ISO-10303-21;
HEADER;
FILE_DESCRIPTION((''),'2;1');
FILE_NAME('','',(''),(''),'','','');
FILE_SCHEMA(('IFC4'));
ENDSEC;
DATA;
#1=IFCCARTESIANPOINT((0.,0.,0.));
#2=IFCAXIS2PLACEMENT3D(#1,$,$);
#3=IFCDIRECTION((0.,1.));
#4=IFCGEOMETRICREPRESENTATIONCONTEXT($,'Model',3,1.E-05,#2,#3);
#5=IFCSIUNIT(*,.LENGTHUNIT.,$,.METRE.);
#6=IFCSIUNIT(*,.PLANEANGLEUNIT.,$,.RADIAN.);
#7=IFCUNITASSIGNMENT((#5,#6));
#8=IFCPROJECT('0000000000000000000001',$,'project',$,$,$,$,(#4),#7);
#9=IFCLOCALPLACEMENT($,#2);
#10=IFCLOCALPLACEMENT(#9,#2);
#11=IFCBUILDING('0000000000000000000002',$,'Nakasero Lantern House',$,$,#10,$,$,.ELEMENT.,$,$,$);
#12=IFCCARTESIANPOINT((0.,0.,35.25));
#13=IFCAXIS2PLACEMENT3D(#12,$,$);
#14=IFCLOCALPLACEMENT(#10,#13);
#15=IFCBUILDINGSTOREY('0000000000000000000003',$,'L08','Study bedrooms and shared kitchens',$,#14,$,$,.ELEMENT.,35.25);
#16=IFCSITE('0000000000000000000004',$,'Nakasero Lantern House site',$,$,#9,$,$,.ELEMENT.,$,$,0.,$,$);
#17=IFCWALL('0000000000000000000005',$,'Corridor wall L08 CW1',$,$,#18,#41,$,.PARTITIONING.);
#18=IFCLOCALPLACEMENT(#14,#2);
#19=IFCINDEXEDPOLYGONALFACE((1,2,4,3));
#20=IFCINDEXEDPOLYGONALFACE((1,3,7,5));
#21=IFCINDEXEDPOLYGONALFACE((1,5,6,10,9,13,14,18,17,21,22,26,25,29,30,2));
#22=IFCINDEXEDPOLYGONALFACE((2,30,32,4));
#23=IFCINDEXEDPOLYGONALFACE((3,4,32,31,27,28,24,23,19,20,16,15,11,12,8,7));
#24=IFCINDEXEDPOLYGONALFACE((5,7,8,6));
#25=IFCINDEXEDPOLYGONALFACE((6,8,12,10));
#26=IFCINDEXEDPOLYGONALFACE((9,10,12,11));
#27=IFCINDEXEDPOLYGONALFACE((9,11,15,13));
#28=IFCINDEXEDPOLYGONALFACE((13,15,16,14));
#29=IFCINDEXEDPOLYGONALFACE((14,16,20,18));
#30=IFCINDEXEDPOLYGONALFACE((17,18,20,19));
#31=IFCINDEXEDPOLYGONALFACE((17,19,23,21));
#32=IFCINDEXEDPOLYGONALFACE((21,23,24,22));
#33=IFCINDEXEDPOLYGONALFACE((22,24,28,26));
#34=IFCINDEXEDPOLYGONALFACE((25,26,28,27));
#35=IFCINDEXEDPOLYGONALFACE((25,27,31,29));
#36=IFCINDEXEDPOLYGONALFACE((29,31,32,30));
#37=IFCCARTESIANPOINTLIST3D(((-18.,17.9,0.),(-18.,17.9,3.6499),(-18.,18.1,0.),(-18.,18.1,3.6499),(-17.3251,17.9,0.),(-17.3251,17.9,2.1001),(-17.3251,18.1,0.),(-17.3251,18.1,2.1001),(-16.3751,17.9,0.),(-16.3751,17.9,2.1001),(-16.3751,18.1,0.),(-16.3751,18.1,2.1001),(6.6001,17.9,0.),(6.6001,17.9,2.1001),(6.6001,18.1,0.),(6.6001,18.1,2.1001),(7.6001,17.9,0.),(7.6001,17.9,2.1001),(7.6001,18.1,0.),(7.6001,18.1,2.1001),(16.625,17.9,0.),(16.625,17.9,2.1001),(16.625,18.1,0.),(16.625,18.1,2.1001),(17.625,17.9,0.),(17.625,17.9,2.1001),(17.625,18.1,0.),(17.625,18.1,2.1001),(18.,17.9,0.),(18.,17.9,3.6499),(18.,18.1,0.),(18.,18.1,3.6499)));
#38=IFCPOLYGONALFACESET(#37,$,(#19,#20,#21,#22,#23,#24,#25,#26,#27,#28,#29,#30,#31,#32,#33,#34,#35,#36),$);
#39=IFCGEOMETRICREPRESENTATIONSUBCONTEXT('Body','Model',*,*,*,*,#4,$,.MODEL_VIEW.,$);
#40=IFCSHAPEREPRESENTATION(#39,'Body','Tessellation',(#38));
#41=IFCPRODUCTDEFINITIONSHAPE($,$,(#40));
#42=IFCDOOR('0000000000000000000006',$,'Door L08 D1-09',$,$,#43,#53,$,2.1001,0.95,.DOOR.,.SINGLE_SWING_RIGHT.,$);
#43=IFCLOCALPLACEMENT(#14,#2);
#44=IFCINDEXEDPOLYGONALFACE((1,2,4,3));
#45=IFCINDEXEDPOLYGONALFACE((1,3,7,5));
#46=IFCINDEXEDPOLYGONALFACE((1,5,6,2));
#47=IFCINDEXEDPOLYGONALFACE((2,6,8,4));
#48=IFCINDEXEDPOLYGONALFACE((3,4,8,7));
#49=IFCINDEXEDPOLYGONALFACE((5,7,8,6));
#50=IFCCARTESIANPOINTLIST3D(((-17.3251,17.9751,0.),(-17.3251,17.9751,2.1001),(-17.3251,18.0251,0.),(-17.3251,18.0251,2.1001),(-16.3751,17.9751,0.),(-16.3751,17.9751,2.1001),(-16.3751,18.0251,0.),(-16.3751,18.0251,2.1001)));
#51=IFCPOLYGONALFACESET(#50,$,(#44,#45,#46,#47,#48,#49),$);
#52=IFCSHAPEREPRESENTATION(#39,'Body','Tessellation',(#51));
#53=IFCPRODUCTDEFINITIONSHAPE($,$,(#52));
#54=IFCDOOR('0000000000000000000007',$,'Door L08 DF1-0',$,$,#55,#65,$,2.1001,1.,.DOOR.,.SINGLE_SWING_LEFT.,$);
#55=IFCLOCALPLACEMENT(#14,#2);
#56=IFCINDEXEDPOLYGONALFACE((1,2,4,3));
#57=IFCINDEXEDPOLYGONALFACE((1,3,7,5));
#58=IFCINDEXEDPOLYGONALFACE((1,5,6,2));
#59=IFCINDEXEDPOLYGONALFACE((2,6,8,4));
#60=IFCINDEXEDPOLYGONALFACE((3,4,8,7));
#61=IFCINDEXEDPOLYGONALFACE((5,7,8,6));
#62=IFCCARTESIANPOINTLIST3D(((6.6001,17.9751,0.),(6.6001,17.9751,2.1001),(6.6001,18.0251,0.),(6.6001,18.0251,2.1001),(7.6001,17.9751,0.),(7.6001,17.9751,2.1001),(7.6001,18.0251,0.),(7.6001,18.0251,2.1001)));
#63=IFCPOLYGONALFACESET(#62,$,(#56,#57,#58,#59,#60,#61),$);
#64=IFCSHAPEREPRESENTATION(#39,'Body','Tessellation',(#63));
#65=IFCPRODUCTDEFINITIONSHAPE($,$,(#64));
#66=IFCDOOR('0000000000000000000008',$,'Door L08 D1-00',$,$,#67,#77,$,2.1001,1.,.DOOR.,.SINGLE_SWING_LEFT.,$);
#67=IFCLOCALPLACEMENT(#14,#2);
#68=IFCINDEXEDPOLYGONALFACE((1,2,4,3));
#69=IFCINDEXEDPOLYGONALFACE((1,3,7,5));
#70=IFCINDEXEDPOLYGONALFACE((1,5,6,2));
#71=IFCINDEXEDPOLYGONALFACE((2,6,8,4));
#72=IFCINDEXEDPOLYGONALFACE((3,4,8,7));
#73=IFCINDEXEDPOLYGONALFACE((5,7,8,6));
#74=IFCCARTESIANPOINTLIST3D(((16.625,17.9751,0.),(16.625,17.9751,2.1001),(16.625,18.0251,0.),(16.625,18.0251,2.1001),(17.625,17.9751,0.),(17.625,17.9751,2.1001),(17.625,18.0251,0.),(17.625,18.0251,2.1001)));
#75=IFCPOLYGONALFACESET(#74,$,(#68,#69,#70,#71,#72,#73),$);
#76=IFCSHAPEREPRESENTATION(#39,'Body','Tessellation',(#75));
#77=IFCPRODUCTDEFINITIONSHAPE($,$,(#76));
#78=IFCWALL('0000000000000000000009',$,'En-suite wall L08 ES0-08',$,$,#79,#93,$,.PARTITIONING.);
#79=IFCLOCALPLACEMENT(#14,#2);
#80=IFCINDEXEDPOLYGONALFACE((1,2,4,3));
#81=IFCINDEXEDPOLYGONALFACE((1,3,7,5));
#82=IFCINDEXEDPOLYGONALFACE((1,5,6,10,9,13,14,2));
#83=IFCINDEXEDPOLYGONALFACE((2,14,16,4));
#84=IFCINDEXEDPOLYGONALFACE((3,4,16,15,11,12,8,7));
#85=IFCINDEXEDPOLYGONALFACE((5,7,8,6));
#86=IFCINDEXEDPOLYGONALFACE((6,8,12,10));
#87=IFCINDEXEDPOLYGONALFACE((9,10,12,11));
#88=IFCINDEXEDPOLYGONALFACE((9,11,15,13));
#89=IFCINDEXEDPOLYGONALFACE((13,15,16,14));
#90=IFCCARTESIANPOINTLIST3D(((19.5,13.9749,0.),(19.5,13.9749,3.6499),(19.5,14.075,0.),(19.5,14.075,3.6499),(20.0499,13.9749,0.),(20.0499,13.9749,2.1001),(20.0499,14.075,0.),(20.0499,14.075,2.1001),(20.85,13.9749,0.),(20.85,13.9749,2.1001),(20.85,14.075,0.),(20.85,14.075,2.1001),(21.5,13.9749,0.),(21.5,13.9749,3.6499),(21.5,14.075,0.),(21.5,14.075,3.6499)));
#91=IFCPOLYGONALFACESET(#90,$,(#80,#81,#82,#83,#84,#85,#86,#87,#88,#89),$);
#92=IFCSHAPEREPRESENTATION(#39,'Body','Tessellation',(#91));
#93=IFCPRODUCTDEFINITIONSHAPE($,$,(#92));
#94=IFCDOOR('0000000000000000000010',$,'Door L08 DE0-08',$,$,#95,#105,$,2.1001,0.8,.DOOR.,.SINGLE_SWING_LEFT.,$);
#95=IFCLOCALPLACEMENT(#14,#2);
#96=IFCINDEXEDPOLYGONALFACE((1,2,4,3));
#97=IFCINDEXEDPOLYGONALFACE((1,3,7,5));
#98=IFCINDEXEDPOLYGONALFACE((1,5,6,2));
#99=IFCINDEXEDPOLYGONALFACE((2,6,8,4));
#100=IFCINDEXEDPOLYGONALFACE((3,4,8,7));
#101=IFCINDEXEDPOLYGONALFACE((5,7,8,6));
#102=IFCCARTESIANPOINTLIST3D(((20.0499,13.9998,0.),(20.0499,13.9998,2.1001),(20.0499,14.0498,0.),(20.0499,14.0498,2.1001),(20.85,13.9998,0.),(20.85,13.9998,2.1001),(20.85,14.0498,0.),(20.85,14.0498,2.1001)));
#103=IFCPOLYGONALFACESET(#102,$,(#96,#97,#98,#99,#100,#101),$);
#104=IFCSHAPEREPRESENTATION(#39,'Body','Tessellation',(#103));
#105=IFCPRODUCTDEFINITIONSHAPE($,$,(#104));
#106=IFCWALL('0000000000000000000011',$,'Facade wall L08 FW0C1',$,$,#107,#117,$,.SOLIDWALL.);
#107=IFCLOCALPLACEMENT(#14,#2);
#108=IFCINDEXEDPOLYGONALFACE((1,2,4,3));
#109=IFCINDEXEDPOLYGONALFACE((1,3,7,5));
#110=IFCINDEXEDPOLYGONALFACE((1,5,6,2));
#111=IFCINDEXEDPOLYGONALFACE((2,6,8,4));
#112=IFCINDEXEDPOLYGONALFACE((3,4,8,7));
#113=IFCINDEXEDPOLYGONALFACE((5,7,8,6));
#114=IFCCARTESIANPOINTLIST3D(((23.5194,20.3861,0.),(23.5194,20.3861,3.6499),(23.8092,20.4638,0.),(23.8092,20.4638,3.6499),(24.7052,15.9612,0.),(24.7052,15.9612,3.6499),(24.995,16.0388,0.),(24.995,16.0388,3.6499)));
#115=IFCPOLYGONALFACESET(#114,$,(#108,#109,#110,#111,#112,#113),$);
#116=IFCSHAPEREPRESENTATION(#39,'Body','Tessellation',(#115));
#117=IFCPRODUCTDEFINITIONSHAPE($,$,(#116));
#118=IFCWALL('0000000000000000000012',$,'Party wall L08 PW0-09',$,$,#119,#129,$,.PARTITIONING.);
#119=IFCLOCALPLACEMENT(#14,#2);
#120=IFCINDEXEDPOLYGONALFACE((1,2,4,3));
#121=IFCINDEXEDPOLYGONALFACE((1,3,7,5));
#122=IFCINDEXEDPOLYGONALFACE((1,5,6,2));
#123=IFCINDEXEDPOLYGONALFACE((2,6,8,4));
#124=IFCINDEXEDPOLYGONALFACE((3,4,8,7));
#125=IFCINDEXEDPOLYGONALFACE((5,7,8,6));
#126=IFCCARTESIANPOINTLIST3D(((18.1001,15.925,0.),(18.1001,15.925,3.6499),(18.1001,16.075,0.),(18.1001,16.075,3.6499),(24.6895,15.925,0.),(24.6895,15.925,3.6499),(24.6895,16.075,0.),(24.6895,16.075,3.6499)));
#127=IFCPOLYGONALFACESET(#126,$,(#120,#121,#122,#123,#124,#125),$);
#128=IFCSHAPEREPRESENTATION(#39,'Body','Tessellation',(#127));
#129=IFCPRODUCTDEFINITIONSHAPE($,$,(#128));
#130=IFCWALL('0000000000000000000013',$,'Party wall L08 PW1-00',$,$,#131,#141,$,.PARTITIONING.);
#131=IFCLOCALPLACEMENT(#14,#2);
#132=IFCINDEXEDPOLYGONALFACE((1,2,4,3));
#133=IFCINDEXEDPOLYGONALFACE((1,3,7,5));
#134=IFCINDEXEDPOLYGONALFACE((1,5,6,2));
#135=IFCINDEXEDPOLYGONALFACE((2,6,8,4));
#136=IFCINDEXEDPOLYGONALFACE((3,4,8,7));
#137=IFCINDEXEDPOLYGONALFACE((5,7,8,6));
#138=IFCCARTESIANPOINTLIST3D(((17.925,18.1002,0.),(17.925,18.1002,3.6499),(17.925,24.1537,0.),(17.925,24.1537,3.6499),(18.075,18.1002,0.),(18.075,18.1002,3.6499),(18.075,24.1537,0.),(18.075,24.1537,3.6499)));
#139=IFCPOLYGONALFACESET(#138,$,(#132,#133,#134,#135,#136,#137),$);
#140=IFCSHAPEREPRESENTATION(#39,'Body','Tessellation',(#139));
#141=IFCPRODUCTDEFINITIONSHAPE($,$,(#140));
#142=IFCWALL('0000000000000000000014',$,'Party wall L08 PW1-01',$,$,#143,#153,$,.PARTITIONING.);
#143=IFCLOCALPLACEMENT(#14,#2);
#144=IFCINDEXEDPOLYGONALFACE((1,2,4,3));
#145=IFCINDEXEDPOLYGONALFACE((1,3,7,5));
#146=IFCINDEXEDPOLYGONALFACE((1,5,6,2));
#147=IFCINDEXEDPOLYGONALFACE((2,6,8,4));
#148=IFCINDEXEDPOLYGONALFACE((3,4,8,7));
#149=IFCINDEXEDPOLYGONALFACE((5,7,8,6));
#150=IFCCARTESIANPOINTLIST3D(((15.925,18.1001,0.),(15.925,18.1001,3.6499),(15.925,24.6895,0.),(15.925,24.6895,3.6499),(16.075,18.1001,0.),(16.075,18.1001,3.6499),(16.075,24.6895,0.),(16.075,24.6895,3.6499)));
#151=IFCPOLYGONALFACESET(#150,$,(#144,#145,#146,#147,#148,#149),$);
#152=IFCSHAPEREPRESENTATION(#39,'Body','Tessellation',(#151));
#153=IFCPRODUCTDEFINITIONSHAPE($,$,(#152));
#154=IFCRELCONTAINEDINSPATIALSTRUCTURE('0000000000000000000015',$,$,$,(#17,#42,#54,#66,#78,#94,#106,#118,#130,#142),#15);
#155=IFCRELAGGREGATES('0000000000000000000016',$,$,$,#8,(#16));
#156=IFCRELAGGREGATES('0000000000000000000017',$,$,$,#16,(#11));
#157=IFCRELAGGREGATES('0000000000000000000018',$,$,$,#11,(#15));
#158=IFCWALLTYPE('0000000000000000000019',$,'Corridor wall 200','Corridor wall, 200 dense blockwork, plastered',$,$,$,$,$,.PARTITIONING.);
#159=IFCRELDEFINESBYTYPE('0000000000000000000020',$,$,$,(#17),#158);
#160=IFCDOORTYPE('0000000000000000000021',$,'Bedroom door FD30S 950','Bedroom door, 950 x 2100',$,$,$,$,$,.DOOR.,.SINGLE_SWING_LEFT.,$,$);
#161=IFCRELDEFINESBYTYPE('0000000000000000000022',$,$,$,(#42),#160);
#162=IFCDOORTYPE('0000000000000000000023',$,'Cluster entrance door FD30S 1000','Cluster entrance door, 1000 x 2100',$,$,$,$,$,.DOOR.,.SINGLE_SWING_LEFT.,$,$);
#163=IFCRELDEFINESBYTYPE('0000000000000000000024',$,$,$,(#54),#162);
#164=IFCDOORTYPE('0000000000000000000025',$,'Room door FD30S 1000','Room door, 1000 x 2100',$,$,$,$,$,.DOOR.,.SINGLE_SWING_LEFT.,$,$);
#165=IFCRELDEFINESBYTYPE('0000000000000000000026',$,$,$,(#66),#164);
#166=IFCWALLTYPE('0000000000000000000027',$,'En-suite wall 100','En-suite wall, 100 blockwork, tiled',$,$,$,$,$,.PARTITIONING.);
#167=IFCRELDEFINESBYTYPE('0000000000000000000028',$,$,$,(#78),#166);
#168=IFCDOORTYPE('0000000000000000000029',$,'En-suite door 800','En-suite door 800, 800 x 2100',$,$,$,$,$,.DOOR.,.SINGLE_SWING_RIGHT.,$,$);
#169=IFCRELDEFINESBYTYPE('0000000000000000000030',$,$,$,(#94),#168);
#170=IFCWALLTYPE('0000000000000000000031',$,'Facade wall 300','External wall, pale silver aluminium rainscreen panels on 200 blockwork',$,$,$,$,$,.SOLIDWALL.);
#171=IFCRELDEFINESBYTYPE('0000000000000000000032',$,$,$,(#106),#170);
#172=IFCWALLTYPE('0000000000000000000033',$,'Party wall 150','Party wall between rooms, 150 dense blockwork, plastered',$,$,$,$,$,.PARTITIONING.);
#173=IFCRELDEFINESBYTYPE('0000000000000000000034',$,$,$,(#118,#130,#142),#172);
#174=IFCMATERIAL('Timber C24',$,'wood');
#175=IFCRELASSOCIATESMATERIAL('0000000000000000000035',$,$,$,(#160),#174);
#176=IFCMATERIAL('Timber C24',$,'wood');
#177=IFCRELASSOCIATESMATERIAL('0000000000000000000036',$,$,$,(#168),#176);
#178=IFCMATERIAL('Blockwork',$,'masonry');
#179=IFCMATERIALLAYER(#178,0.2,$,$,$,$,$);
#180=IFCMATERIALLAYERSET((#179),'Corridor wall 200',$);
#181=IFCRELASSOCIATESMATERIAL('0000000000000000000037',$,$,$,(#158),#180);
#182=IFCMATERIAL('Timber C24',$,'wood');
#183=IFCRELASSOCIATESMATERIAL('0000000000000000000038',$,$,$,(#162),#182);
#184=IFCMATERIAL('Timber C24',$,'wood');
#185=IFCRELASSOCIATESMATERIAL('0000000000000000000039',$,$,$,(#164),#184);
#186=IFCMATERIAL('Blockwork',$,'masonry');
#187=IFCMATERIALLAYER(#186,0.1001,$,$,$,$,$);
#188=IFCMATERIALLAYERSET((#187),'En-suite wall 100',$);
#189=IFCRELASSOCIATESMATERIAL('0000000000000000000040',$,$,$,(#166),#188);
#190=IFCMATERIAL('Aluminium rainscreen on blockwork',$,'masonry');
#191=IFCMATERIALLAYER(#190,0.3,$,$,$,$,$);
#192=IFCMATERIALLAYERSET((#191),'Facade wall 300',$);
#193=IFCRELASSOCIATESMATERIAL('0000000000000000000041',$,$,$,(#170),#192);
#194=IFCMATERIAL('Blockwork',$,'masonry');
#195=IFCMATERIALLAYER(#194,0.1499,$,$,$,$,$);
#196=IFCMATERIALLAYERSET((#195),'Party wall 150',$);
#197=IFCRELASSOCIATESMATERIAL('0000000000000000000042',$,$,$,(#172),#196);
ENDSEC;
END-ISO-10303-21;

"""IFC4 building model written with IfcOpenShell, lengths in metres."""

from ifc_helpers import new_model, si_unit, direction, frame, frame_2d, origin, place, context, subcontext, project, spatial, rectangle, extrude, material, layer, layer_set, type_object, element, fill, save


model = new_model("IFC4")

# Units and contexts
model_context = context("Model", 3, precision=1e-05, world=origin(), true_north=direction((0.0, 1.0)))
body_context = subcontext(model_context, "Body", "Model", "MODEL_VIEW")
ifc_project = project(units=[si_unit("LENGTHUNIT", "METRE"), si_unit("PLANEANGLEUNIT", "RADIAN")], contexts=[model_context])

# Site, building, storey
site_placement = place(None, origin())
site = spatial("IfcSite", under=ifc_project, at=site_placement, Name="Nakasero Lantern House site", CompositionType="ELEMENT", RefElevation=0.0)
building_placement = place(site_placement, origin())
building = spatial("IfcBuilding", under=site, at=building_placement, Name="Nakasero Lantern House", CompositionType="ELEMENT")
storey_placement = place(building_placement, frame((0.0, 0.0, 35.25)))
storey = spatial("IfcBuildingStorey", under=building, at=storey_placement, Name="L08", Description="Study bedrooms and shared kitchens", CompositionType="ELEMENT", Elevation=35.25)

# Wall, openings, doors
ifc_material_1 = material(Name="Timber C24", Category="wood")
door_type_1 = type_object("IfcDoorType", Name="Bedroom door FD30S 950", Description="Bedroom door, 950 x 2100", OperationType="SINGLE_SWING_LEFT", PredefinedType="DOOR", material=ifc_material_1)
ifc_material_2 = material(Name="Timber C24", Category="wood")
door_type_2 = type_object("IfcDoorType", Name="En-suite door 800", Description="En-suite door 800, 800 x 2100", OperationType="SINGLE_SWING_RIGHT", PredefinedType="DOOR", material=ifc_material_2)
ifc_material_3 = material(Name="Blockwork", Category="masonry")
ifc_layer_1 = layer(ifc_material_3, 0.2)
ifc_layer_set_1 = layer_set([ifc_layer_1], Name="Corridor wall 200")
wall_type_1 = type_object("IfcWallType", Name="Corridor wall 200", Description="Corridor wall, 200 dense blockwork, plastered", PredefinedType="PARTITIONING", material=ifc_layer_set_1)
wall_1_placement = place(storey_placement, frame((18.0, 18.0, 0.0), z_axis=(0.0, 0.0, 1.0), x_axis=(-1.0, 0.0, 0.0)))
wall_1 = element("IfcWall", 1, at=wall_1_placement, inside=storey, type_object=wall_type_1, Name="Corridor wall L08 CW1", PredefinedType="PARTITIONING", context=body_context, shape_type="SweptSolid", body=[
    extrude(rectangle(XDim=36.0, YDim=0.2, at=frame_2d((18.0, 0.0))), origin(), (0.0, 0.0, 1.0), 3.6499),
])
opening_1_placement = place(wall_1_placement, frame((10.3999, 0.0, 0.0)))
opening_1 = element("IfcOpeningElement", 2, at=opening_1_placement, cuts=wall_1, PredefinedType="OPENING", context=body_context, shape_type="SweptSolid", body=[
    extrude(rectangle(XDim=1.0, YDim=2.1001, at=frame_2d((0.5, 1.05))), frame((0.0, 0.1199, 0.0), z_axis=(0.0, -1.0, 0.0), x_axis=(1.0, 0.0, 0.0)), (0.0, 0.0, 1.0), 0.24),
])
opening_2_placement = place(wall_1_placement, frame((0.375, 0.0, 0.0)))
opening_2 = element("IfcOpeningElement", 3, at=opening_2_placement, cuts=wall_1, PredefinedType="OPENING", context=body_context, shape_type="SweptSolid", body=[
    extrude(rectangle(XDim=1.0, YDim=2.1001, at=frame_2d((0.5, 1.05))), frame((0.0, 0.1199, 0.0), z_axis=(0.0, -1.0, 0.0), x_axis=(1.0, 0.0, 0.0)), (0.0, 0.0, 1.0), 0.24),
])
opening_3_placement = place(wall_1_placement, frame((34.375, 0.0, 0.0)))
opening_3 = element("IfcOpeningElement", 4, at=opening_3_placement, cuts=wall_1, PredefinedType="OPENING", context=body_context, shape_type="SweptSolid", body=[
    extrude(rectangle(XDim=0.95, YDim=2.1001, at=frame_2d((0.4751, 1.05))), frame((0.0, 0.1199, 0.0), z_axis=(0.0, -1.0, 0.0), x_axis=(1.0, 0.0, 0.0)), (0.0, 0.0, 1.0), 0.24),
])
door_1_placement = place(opening_3_placement, origin())
door_1 = element("IfcDoor", 5, at=door_1_placement, inside=storey, type_object=door_type_1, Name="Door L08 D1-09", OperationType="SINGLE_SWING_RIGHT", OverallHeight=2.1001, OverallWidth=0.95, PredefinedType="DOOR", context=body_context, shape_type="SweptSolid", body=[
    extrude(rectangle(XDim=0.95, YDim=2.1001, at=frame_2d((0.4751, 1.05))), frame((0.0, 0.0249, 0.0), z_axis=(0.0, -1.0, 0.0), x_axis=(1.0, 0.0, 0.0)), (0.0, 0.0, 1.0), 0.05),
])
fill(opening_3, door_1)
ifc_material_4 = material(Name="Timber C24", Category="wood")
door_type_3 = type_object("IfcDoorType", Name="Cluster entrance door FD30S 1000", Description="Cluster entrance door, 1000 x 2100", OperationType="SINGLE_SWING_LEFT", PredefinedType="DOOR", material=ifc_material_4)
door_2_placement = place(opening_1_placement, origin())
door_2 = element("IfcDoor", 6, at=door_2_placement, inside=storey, type_object=door_type_3, Name="Door L08 DF1-0", OperationType="SINGLE_SWING_LEFT", OverallHeight=2.1001, OverallWidth=1.0, PredefinedType="DOOR", context=body_context, shape_type="SweptSolid", body=[
    extrude(rectangle(XDim=1.0, YDim=2.1001, at=frame_2d((0.5, 1.05))), frame((0.0, 0.0249, 0.0), z_axis=(0.0, -1.0, 0.0), x_axis=(1.0, 0.0, 0.0)), (0.0, 0.0, 1.0), 0.05),
])
fill(opening_1, door_2)
ifc_material_5 = material(Name="Timber C24", Category="wood")
door_type_4 = type_object("IfcDoorType", Name="Room door FD30S 1000", Description="Room door, 1000 x 2100", OperationType="SINGLE_SWING_LEFT", PredefinedType="DOOR", material=ifc_material_5)
door_3_placement = place(opening_2_placement, origin())
door_3 = element("IfcDoor", 7, at=door_3_placement, inside=storey, type_object=door_type_4, Name="Door L08 D1-00", OperationType="SINGLE_SWING_LEFT", OverallHeight=2.1001, OverallWidth=1.0, PredefinedType="DOOR", context=body_context, shape_type="SweptSolid", body=[
    extrude(rectangle(XDim=1.0, YDim=2.1001, at=frame_2d((0.5, 1.05))), frame((0.0, 0.0249, 0.0), z_axis=(0.0, -1.0, 0.0), x_axis=(1.0, 0.0, 0.0)), (0.0, 0.0, 1.0), 0.05),
])
fill(opening_2, door_3)

# Wall, opening, door
ifc_material_6 = material(Name="Blockwork", Category="masonry")
ifc_layer_2 = layer(ifc_material_6, 0.1001)
ifc_layer_set_2 = layer_set([ifc_layer_2], Name="En-suite wall 100")
wall_type_2 = type_object("IfcWallType", Name="En-suite wall 100", Description="En-suite wall, 100 blockwork, tiled", PredefinedType="PARTITIONING", material=ifc_layer_set_2)
wall_2_placement = place(storey_placement, frame((19.5, 14.0249, 0.0), z_axis=(0.0, 0.0, 1.0), x_axis=(1.0, 0.0, 0.0)))
wall_2 = element("IfcWall", 8, at=wall_2_placement, inside=storey, type_object=wall_type_2, Name="En-suite wall L08 ES0-08", PredefinedType="PARTITIONING", context=body_context, shape_type="SweptSolid", body=[
    extrude(rectangle(XDim=2.0, YDim=0.1001, at=frame_2d((1.0, 0.0))), origin(), (0.0, 0.0, 1.0), 3.6499),
])
opening_4_placement = place(wall_2_placement, frame((0.55, 0.0, 0.0)))
opening_4 = element("IfcOpeningElement", 9, at=opening_4_placement, cuts=wall_2, PredefinedType="OPENING", context=body_context, shape_type="SweptSolid", body=[
    extrude(rectangle(XDim=0.8, YDim=2.1001, at=frame_2d((0.3999, 1.05))), frame((0.0, 0.0701, 0.0), z_axis=(0.0, -1.0, 0.0), x_axis=(1.0, 0.0, 0.0)), (0.0, 0.0, 1.0), 0.1401),
])
door_4_placement = place(opening_4_placement, origin())
door_4 = element("IfcDoor", 10, at=door_4_placement, inside=storey, type_object=door_type_2, Name="Door L08 DE0-08", OperationType="SINGLE_SWING_LEFT", OverallHeight=2.1001, OverallWidth=0.8, PredefinedType="DOOR", context=body_context, shape_type="SweptSolid", body=[
    extrude(rectangle(XDim=0.8, YDim=2.1001, at=frame_2d((0.3999, 1.05))), frame((0.0, 0.0249, 0.0), z_axis=(0.0, -1.0, 0.0), x_axis=(1.0, 0.0, 0.0)), (0.0, 0.0, 1.0), 0.05),
])
fill(opening_4, door_4)

# Walls
ifc_material_7 = material(Name="Aluminium rainscreen on blockwork", Category="masonry")
ifc_layer_3 = layer(ifc_material_7, 0.3)
ifc_layer_set_3 = layer_set([ifc_layer_3], Name="Facade wall 300")
wall_type_3 = type_object("IfcWallType", Name="Facade wall 300", Description="External wall, pale silver aluminium rainscreen panels on 200 blockwork", PredefinedType="SOLIDWALL", material=ifc_layer_set_3)
wall_3_placement = place(storey_placement, frame((24.8501, 16.0, 0.0), z_axis=(0.0, 0.0, 1.0), x_axis=(-0.25884, 0.96592, 0.0)))
element("IfcWall", 11, at=wall_3_placement, inside=storey, type_object=wall_type_3, Name="Facade wall L08 FW0C1", PredefinedType="SOLIDWALL", context=body_context, shape_type="SweptSolid", body=[
    extrude(rectangle(XDim=4.5811, YDim=0.3, at=frame_2d((2.2905, 0.0))), origin(), (0.0, 0.0, 1.0), 3.6499),
])
ifc_material_8 = material(Name="Blockwork", Category="masonry")
ifc_layer_4 = layer(ifc_material_8, 0.1499)
ifc_layer_set_4 = layer_set([ifc_layer_4], Name="Party wall 150")
wall_type_4 = type_object("IfcWallType", Name="Party wall 150", Description="Party wall between rooms, 150 dense blockwork, plastered", PredefinedType="PARTITIONING", material=ifc_layer_set_4)
wall_4_placement = place(storey_placement, frame((18.1001, 16.0, 0.0), z_axis=(0.0, 0.0, 1.0), x_axis=(1.0, 0.0, 0.0)))
element("IfcWall", 12, at=wall_4_placement, inside=storey, type_object=wall_type_4, Name="Party wall L08 PW0-09", PredefinedType="PARTITIONING", context=body_context, shape_type="SweptSolid", body=[
    extrude(rectangle(XDim=6.5894, YDim=0.1499, at=frame_2d((3.2947, 0.0))), origin(), (0.0, 0.0, 1.0), 3.6499),
])
wall_5_placement = place(storey_placement, frame((18.0, 18.1001, 0.0), z_axis=(0.0, 0.0, 1.0), x_axis=(0.0, 1.0, 0.0)))
element("IfcWall", 13, at=wall_5_placement, inside=storey, type_object=wall_type_4, Name="Party wall L08 PW1-00", PredefinedType="PARTITIONING", context=body_context, shape_type="SweptSolid", body=[
    extrude(rectangle(XDim=6.0535, YDim=0.1499, at=frame_2d((3.0269, 0.0))), origin(), (0.0, 0.0, 1.0), 3.6499),
])
wall_6_placement = place(storey_placement, frame((16.0, 18.1001, 0.0), z_axis=(0.0, 0.0, 1.0), x_axis=(0.0, 1.0, 0.0)))
element("IfcWall", 14, at=wall_6_placement, inside=storey, type_object=wall_type_4, Name="Party wall L08 PW1-01", PredefinedType="PARTITIONING", context=body_context, shape_type="SweptSolid", body=[
    extrude(rectangle(XDim=6.5894, YDim=0.1499, at=frame_2d((3.2947, 0.0))), origin(), (0.0, 0.0, 1.0), 3.6499),
])

save(model, "model.ifc")
